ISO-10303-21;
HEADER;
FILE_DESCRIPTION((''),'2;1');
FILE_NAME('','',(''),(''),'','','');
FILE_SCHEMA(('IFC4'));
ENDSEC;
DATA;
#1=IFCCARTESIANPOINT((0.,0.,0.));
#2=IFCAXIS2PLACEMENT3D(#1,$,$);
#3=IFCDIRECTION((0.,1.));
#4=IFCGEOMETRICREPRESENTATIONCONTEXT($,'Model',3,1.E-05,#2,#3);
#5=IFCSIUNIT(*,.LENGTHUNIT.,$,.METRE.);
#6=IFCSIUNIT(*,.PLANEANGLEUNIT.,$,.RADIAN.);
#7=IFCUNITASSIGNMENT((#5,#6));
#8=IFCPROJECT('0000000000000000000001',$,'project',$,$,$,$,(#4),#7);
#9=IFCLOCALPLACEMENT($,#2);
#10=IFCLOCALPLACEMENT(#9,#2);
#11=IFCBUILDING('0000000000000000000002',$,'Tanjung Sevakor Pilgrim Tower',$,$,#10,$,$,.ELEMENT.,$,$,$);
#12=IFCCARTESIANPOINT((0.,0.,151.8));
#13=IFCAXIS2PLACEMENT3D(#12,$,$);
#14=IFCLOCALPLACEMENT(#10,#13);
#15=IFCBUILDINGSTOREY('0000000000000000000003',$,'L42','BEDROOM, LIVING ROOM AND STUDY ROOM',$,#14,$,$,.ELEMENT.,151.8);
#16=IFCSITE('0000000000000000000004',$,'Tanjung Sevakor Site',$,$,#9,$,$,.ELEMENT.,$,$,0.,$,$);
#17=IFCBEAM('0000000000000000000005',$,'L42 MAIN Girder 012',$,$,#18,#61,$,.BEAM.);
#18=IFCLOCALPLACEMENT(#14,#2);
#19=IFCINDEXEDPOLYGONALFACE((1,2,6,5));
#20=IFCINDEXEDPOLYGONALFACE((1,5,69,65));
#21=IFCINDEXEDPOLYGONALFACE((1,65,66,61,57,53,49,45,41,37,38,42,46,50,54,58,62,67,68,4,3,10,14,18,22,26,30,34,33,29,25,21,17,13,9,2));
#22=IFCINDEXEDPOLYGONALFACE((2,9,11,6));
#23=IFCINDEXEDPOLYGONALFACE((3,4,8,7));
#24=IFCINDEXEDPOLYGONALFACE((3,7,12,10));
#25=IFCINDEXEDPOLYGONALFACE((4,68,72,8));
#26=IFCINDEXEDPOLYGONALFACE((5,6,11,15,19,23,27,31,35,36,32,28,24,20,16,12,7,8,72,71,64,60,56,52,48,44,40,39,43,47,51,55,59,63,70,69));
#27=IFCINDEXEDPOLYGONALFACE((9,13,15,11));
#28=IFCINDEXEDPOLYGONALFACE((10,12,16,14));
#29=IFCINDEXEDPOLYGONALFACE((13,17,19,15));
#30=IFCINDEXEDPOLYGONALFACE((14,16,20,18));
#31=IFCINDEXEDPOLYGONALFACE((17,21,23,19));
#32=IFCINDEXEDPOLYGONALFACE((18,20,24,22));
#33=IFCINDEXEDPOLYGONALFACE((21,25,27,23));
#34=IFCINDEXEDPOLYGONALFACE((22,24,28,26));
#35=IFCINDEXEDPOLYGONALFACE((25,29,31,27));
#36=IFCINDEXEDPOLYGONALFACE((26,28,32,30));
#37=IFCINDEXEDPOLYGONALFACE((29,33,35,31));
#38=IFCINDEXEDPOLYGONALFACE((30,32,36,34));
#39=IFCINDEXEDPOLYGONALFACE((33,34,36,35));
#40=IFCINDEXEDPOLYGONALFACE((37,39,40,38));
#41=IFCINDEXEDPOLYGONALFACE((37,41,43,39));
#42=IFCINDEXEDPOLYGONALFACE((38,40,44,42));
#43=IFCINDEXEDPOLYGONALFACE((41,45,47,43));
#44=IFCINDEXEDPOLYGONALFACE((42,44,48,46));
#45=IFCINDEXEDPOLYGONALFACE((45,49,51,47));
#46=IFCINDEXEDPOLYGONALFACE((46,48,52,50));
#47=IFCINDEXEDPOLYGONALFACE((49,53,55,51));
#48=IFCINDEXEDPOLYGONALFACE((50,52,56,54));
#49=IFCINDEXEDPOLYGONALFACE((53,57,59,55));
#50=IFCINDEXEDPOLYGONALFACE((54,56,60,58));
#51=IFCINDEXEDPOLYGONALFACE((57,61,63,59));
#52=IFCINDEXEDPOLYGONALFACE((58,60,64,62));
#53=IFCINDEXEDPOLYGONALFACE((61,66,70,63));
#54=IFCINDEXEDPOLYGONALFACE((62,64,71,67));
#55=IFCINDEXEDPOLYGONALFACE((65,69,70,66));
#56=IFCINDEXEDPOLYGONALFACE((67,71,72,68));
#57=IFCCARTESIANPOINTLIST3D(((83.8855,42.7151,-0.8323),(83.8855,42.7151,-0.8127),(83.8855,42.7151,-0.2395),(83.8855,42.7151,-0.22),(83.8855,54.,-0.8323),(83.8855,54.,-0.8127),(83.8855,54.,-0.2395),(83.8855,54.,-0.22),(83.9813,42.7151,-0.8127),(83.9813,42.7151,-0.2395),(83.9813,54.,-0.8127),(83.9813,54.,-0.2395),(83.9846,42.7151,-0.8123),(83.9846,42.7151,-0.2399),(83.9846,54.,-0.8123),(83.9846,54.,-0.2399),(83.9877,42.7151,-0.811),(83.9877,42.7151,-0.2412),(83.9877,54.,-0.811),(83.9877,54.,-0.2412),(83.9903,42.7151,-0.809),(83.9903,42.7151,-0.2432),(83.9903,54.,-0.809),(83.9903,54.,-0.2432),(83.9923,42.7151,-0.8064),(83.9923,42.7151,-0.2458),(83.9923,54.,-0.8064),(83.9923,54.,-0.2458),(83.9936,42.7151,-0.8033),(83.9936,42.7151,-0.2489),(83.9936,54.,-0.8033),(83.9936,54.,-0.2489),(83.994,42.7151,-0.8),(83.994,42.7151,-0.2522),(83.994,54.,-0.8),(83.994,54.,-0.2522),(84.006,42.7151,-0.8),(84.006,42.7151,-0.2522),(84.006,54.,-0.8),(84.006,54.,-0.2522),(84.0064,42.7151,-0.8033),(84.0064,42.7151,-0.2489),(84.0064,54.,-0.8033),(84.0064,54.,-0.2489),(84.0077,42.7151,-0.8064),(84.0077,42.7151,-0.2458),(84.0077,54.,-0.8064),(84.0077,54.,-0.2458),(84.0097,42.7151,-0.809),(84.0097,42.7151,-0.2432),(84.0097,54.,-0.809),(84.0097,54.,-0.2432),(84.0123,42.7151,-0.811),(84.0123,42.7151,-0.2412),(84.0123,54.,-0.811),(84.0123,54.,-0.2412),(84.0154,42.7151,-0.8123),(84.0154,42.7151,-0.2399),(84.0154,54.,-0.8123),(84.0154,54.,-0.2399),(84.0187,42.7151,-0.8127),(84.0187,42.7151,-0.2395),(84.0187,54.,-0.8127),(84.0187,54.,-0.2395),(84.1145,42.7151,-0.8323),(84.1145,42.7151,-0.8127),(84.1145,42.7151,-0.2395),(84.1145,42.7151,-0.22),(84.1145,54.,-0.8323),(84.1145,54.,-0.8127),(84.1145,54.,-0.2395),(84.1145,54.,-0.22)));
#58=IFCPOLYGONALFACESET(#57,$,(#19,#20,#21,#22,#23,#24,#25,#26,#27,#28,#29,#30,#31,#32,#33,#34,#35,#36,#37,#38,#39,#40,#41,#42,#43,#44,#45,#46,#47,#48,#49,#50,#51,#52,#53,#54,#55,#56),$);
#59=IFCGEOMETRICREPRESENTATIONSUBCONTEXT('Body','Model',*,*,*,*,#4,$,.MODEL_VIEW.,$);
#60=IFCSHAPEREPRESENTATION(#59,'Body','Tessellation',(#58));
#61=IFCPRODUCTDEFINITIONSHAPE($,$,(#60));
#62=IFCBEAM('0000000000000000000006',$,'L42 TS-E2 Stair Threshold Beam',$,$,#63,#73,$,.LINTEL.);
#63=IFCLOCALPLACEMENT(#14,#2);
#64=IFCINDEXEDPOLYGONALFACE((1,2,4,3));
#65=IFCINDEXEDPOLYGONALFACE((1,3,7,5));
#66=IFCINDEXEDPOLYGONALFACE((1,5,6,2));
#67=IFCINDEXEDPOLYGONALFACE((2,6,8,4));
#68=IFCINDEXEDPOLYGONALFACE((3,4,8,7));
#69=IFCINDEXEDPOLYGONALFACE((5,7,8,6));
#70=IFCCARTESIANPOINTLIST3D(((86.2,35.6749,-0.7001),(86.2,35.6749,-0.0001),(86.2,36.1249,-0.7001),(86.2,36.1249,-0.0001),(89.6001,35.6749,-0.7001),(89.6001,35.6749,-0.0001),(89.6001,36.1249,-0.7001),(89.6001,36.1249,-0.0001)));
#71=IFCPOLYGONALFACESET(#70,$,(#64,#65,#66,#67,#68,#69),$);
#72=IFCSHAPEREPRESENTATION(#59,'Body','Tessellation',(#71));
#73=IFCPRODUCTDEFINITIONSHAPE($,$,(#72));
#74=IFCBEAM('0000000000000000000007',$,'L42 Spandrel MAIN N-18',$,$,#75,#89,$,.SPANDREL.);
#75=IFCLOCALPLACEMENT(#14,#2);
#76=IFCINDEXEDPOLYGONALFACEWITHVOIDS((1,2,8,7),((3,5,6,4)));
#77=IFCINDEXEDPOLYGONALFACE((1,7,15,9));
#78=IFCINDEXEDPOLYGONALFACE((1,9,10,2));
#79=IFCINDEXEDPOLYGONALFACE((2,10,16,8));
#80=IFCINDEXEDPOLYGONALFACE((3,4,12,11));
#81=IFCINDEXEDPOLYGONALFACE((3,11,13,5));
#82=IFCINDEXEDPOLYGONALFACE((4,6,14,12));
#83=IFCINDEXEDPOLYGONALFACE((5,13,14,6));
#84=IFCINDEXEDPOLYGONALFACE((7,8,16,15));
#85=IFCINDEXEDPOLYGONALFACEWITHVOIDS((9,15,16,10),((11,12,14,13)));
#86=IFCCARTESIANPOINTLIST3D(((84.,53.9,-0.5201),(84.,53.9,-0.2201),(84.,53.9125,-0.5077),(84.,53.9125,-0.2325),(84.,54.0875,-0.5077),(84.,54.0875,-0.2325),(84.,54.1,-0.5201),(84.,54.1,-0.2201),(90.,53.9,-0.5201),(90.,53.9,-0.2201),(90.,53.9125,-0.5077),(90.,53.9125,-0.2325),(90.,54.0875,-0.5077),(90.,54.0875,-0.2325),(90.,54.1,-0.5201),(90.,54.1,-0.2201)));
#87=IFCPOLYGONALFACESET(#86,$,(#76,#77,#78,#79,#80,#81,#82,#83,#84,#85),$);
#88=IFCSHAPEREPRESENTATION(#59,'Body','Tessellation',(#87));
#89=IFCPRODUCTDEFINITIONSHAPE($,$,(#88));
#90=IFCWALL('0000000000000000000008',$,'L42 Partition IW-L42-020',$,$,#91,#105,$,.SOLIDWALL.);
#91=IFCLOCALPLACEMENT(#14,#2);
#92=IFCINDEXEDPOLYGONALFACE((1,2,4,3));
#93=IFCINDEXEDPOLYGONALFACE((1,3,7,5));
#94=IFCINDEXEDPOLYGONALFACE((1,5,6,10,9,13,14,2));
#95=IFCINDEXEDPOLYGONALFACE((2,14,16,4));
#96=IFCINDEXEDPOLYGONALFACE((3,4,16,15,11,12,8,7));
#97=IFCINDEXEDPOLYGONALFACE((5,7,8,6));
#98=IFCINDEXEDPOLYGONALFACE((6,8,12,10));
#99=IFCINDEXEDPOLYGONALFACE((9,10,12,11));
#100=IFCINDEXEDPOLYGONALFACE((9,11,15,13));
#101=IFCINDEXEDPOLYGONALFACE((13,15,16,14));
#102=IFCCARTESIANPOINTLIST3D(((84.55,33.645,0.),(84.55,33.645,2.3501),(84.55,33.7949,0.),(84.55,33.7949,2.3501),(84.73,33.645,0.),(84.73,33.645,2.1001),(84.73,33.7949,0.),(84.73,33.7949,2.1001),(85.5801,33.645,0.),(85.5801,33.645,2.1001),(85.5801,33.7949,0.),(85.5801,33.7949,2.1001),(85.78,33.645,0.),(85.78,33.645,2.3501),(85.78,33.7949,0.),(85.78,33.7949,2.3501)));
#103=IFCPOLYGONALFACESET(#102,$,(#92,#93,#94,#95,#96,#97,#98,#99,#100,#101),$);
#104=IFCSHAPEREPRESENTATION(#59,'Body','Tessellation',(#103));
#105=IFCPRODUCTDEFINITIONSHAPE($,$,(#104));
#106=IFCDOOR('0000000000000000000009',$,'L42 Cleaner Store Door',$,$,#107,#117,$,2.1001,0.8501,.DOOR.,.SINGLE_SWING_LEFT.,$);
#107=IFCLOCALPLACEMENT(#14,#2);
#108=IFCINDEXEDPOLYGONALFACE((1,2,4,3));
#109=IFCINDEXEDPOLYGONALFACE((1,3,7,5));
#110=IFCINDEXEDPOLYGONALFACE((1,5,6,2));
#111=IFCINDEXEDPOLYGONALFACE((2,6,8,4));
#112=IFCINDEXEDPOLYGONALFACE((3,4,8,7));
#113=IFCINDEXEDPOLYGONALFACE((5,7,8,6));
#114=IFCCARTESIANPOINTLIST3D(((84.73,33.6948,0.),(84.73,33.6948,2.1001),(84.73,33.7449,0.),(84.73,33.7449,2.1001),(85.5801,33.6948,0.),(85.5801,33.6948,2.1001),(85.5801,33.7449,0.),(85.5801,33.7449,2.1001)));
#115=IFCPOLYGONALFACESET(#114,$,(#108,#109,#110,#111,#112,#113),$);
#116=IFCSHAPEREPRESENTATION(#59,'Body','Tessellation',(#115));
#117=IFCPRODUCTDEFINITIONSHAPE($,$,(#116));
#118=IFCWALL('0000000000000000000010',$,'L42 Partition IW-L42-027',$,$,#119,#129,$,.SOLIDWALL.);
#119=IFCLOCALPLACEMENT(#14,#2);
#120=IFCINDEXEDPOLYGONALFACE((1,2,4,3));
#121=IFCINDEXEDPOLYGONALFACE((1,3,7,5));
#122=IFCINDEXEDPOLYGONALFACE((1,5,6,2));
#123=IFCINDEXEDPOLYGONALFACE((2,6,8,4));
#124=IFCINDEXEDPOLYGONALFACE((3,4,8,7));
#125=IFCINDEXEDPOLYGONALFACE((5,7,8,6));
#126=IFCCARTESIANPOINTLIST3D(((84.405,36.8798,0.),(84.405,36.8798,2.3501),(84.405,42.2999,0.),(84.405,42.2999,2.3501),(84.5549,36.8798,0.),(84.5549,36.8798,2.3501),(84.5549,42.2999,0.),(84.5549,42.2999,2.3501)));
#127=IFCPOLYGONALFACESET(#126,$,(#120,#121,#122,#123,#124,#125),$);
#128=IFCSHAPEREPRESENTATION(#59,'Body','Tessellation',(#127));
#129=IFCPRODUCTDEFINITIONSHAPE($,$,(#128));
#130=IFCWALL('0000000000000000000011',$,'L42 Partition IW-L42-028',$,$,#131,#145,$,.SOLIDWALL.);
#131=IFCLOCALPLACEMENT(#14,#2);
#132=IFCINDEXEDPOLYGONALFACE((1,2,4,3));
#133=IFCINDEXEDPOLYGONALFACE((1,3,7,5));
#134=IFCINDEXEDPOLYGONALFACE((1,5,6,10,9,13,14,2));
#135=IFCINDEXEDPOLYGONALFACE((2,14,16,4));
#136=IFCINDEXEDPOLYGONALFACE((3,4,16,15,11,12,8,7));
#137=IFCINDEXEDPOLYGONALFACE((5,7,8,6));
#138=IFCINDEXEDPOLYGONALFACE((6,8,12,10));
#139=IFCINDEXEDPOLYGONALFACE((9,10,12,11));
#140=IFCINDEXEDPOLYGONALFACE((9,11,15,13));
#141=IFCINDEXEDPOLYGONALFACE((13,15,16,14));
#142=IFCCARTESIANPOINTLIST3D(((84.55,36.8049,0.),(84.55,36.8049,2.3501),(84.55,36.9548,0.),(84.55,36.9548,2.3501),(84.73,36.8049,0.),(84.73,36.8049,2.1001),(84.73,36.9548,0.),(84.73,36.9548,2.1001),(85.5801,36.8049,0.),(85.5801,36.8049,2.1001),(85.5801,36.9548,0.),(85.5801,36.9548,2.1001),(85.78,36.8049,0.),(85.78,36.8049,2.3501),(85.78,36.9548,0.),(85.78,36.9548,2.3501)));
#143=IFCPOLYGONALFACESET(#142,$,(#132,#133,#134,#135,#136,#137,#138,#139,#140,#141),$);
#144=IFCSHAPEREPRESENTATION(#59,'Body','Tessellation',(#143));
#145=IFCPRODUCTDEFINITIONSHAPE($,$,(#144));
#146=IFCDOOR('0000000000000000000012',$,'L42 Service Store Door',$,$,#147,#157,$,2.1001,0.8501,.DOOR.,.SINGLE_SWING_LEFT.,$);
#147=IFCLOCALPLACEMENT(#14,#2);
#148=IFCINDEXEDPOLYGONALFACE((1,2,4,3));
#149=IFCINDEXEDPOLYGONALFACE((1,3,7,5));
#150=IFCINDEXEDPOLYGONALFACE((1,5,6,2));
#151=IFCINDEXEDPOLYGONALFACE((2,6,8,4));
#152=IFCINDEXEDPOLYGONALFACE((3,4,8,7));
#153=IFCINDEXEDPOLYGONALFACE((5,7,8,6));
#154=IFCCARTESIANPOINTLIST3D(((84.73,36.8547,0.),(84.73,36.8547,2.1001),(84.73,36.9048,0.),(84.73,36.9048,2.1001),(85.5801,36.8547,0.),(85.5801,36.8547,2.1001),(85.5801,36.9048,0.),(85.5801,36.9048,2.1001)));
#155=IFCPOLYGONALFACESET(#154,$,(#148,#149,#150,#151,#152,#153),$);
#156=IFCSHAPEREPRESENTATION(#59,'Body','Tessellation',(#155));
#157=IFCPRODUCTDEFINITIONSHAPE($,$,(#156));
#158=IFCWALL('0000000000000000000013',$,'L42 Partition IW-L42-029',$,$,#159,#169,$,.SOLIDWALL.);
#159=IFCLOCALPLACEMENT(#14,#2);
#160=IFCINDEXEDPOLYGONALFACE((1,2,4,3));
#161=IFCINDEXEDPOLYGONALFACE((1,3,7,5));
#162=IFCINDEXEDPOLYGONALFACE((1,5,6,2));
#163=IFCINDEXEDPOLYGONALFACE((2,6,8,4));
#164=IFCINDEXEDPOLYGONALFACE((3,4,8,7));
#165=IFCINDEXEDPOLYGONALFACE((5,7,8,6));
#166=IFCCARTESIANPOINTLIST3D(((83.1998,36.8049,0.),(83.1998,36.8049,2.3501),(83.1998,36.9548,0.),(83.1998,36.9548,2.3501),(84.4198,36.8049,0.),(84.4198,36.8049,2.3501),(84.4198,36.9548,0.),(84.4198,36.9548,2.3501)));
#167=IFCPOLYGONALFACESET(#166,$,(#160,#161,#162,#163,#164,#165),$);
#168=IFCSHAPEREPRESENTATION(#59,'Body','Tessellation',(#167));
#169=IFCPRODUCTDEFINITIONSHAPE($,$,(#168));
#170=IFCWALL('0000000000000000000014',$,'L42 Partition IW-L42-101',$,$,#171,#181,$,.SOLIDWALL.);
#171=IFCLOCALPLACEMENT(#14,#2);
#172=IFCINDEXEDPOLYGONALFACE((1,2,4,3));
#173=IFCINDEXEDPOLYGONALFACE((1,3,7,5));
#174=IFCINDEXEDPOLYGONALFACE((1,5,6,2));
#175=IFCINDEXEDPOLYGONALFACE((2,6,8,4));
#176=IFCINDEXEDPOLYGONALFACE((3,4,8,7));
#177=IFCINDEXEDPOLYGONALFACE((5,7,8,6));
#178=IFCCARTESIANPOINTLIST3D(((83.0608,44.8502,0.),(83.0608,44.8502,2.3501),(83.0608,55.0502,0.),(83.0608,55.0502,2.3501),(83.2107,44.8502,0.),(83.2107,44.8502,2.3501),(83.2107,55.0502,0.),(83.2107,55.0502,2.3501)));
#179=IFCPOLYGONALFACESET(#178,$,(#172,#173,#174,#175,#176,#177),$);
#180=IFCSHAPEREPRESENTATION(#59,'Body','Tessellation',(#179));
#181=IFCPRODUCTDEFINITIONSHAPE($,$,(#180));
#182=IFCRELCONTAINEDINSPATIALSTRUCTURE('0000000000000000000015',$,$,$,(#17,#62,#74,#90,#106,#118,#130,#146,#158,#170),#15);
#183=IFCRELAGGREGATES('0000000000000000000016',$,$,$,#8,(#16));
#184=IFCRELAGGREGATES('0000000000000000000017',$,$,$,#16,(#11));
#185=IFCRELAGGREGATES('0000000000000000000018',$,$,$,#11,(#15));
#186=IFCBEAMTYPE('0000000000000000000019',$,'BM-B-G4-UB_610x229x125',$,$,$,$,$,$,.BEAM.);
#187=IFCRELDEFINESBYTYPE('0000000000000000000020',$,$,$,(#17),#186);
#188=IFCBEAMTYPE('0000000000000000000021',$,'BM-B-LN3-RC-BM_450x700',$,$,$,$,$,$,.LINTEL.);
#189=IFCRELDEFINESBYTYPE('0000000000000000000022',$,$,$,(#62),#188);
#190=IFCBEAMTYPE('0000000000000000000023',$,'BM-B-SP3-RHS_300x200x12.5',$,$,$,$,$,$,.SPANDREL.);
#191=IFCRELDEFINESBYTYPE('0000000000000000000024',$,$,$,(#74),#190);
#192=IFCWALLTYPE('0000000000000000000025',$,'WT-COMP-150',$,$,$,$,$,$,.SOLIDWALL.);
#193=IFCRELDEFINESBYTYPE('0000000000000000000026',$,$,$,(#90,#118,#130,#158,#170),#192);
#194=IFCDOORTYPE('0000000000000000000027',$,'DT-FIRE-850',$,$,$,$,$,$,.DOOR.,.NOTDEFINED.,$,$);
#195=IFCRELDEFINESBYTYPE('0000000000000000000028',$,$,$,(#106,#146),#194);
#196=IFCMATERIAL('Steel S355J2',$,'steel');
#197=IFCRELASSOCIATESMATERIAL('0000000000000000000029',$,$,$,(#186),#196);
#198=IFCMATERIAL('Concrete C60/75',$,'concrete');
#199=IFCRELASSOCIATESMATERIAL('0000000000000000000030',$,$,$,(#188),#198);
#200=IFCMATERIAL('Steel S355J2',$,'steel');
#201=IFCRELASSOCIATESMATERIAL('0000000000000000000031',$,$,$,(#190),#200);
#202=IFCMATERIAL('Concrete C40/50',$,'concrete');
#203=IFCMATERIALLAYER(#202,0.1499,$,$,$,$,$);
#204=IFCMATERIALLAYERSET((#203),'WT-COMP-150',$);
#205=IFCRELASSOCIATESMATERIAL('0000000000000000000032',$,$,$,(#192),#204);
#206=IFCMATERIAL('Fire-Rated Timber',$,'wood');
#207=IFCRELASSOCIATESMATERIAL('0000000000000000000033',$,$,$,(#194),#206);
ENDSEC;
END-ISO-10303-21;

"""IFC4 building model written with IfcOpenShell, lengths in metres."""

from ifc_helpers import new_model, si_unit, direction, frame, frame_2d, origin, origin_2d, place, context, subcontext, project, spatial, rectangle, hollow_rectangle, i_section, extrude, material, layer, layer_set, material_profile, profile_set, type_object, element, fill, save


model = new_model("IFC4")

# Units and contexts
model_context = context("Model", 3, precision=1e-05, world=origin(), true_north=direction((0.0, 1.0)))
body_context = subcontext(model_context, "Body", "Model", "MODEL_VIEW")
ifc_project = project(units=[si_unit("LENGTHUNIT", "METRE"), si_unit("PLANEANGLEUNIT", "RADIAN")], contexts=[model_context])

# Site, building, storey
site_placement = place(None, origin())
site = spatial("IfcSite", under=ifc_project, at=site_placement, Name="Tanjung Sevakor Site", CompositionType="ELEMENT", RefElevation=0.0)
building_placement = place(site_placement, origin())
building = spatial("IfcBuilding", under=site, at=building_placement, Name="Tanjung Sevakor Pilgrim Tower", CompositionType="ELEMENT")
storey_placement = place(building_placement, frame((0.0, 0.0, 151.8)))
storey = spatial("IfcBuildingStorey", under=building, at=storey_placement, Name="L42", Description="BEDROOM, LIVING ROOM AND STUDY ROOM", CompositionType="ELEMENT", Elevation=151.8)

# Beams
ifc_material_1 = material(Name="Steel S355J2", Category="steel")
ifc_material_profile_1 = material_profile(ifc_material_1, i_section(OverallWidth=0.229, OverallDepth=0.6123, WebThickness=0.012, FlangeThickness=0.0195, FilletRadius=0.0127, at=origin_2d()))
ifc_profile_set_1 = profile_set([ifc_material_profile_1], Name="Steel S355J2")
beam_type_1 = type_object("IfcBeamType", Name="BM-B-G4-UB_610x229x125", PredefinedType="BEAM", material=ifc_profile_set_1)
beam_1_placement = place(storey_placement, frame((84.0, 42.7151, -0.5261), z_axis=(0.0, 1.0, 0.0), x_axis=(-1.0, 0.0, 0.0)))
element("IfcBeam", 1, at=beam_1_placement, inside=storey, type_object=beam_type_1, Name="L42 MAIN Girder 012", PredefinedType="BEAM", context=body_context, shape_type="SweptSolid", body=[
    extrude(i_section(OverallWidth=0.229, OverallDepth=0.6123, WebThickness=0.012, FlangeThickness=0.0195, FilletRadius=0.0127, at=origin_2d()), origin(), (0.0, 0.0, 1.0), 11.2849),
])
ifc_material_2 = material(Name="Concrete C60/75", Category="concrete")
ifc_material_profile_2 = material_profile(ifc_material_2, rectangle(XDim=0.45, YDim=0.7, at=origin_2d()))
ifc_profile_set_2 = profile_set([ifc_material_profile_2], Name="Concrete C60/75")
beam_type_2 = type_object("IfcBeamType", Name="BM-B-LN3-RC-BM_450x700", PredefinedType="LINTEL", material=ifc_profile_set_2)
beam_2_placement = place(storey_placement, frame((86.2, 35.8999, -0.3501), z_axis=(1.0, 0.0, 0.0), x_axis=(0.0, 1.0, 0.0)))
element("IfcBeam", 2, at=beam_2_placement, inside=storey, type_object=beam_type_2, Name="L42 TS-E2 Stair Threshold Beam", PredefinedType="LINTEL", context=body_context, shape_type="SweptSolid", body=[
    extrude(rectangle(XDim=0.45, YDim=0.7, at=origin_2d()), origin(), (0.0, 0.0, 1.0), 3.4001),
])
ifc_material_3 = material(Name="Steel S355J2", Category="steel")
ifc_material_profile_3 = material_profile(ifc_material_3, hollow_rectangle(XDim=0.2, YDim=0.3, WallThickness=0.0125, at=origin_2d()))
ifc_profile_set_3 = profile_set([ifc_material_profile_3], Name="Steel S355J2")
beam_type_3 = type_object("IfcBeamType", Name="BM-B-SP3-RHS_300x200x12.5", PredefinedType="SPANDREL", material=ifc_profile_set_3)
beam_3_placement = place(storey_placement, frame((84.0, 54.0, -0.3701), z_axis=(1.0, 0.0, 0.0), x_axis=(0.0, 1.0, 0.0)))
element("IfcBeam", 3, at=beam_3_placement, inside=storey, type_object=beam_type_3, Name="L42 Spandrel MAIN N-18", PredefinedType="SPANDREL", context=body_context, shape_type="SweptSolid", body=[
    extrude(hollow_rectangle(XDim=0.2, YDim=0.3, WallThickness=0.0125, at=origin_2d()), origin(), (0.0, 0.0, 1.0), 6.0),
])

# Wall, opening, door
ifc_material_4 = material(Name="Concrete C40/50", Category="concrete")
ifc_layer_1 = layer(ifc_material_4, 0.1499)
ifc_layer_set_1 = layer_set([ifc_layer_1], Name="WT-COMP-150")
wall_type_1 = type_object("IfcWallType", Name="WT-COMP-150", PredefinedType="SOLIDWALL", material=ifc_layer_set_1)
wall_1_placement = place(storey_placement, frame((84.55, 33.72, 0.0), z_axis=(0.0, 0.0, 1.0), x_axis=(1.0, 0.0, 0.0)))
wall_1 = element("IfcWall", 4, at=wall_1_placement, inside=storey, type_object=wall_type_1, Name="L42 Partition IW-L42-020", PredefinedType="SOLIDWALL", context=body_context, shape_type="SweptSolid", body=[
    extrude(rectangle(XDim=1.23, YDim=0.1499, at=frame_2d((0.615, 0.0))), origin(), (0.0, 0.0, 1.0), 2.3501),
])
opening_1_placement = place(wall_1_placement, frame((0.1799, 0.0, 0.0)))
opening_1 = element("IfcOpeningElement", 5, at=opening_1_placement, cuts=wall_1, PredefinedType="OPENING", context=body_context, shape_type="SweptSolid", body=[
    extrude(rectangle(XDim=0.8501, YDim=2.1001, at=frame_2d((0.425, 1.05))), frame((0.0, 0.085, 0.0), z_axis=(0.0, -1.0, 0.0), x_axis=(1.0, 0.0, 0.0)), (0.0, 0.0, 1.0), 0.1699),
])
ifc_material_5 = material(Name="Fire-Rated Timber", Category="wood")
door_type_1 = type_object("IfcDoorType", Name="DT-FIRE-850", OperationType="NOTDEFINED", PredefinedType="DOOR", material=ifc_material_5)
door_1_placement = place(opening_1_placement, origin())
door_1 = element("IfcDoor", 6, at=door_1_placement, inside=storey, type_object=door_type_1, Name="L42 Cleaner Store Door", OperationType="SINGLE_SWING_LEFT", OverallHeight=2.1001, OverallWidth=0.8501, PredefinedType="DOOR", context=body_context, shape_type="SweptSolid", body=[
    extrude(rectangle(XDim=0.8501, YDim=2.1001, at=frame_2d((0.425, 1.05))), frame((0.0, 0.0249, 0.0), z_axis=(0.0, -1.0, 0.0), x_axis=(1.0, 0.0, 0.0)), (0.0, 0.0, 1.0), 0.05),
])
fill(opening_1, door_1)

# Wall
wall_2_placement = place(storey_placement, frame((84.48, 36.8799, 0.0), z_axis=(0.0, 0.0, 1.0), x_axis=(0.0, 1.0, 0.0)))
element("IfcWall", 7, at=wall_2_placement, inside=storey, type_object=wall_type_1, Name="L42 Partition IW-L42-027", PredefinedType="SOLIDWALL", context=body_context, shape_type="SweptSolid", body=[
    extrude(rectangle(XDim=5.4202, YDim=0.1499, at=frame_2d((2.71, 0.0))), origin(), (0.0, 0.0, 1.0), 2.3501),
])

# Wall, opening, door
wall_3_placement = place(storey_placement, frame((84.55, 36.8799, 0.0), z_axis=(0.0, 0.0, 1.0), x_axis=(1.0, 0.0, 0.0)))
wall_3 = element("IfcWall", 8, at=wall_3_placement, inside=storey, type_object=wall_type_1, Name="L42 Partition IW-L42-028", PredefinedType="SOLIDWALL", context=body_context, shape_type="SweptSolid", body=[
    extrude(rectangle(XDim=1.23, YDim=0.1499, at=frame_2d((0.615, 0.0))), origin(), (0.0, 0.0, 1.0), 2.3501),
])
opening_2_placement = place(wall_3_placement, frame((0.1799, 0.0, 0.0)))
opening_2 = element("IfcOpeningElement", 9, at=opening_2_placement, cuts=wall_3, PredefinedType="OPENING", context=body_context, shape_type="SweptSolid", body=[
    extrude(rectangle(XDim=0.8501, YDim=2.1001, at=frame_2d((0.425, 1.05))), frame((0.0, 0.085, 0.0), z_axis=(0.0, -1.0, 0.0), x_axis=(1.0, 0.0, 0.0)), (0.0, 0.0, 1.0), 0.1699),
])
door_2_placement = place(opening_2_placement, origin())
door_2 = element("IfcDoor", 10, at=door_2_placement, inside=storey, type_object=door_type_1, Name="L42 Service Store Door", OperationType="SINGLE_SWING_LEFT", OverallHeight=2.1001, OverallWidth=0.8501, PredefinedType="DOOR", context=body_context, shape_type="SweptSolid", body=[
    extrude(rectangle(XDim=0.8501, YDim=2.1001, at=frame_2d((0.425, 1.05))), frame((0.0, 0.0249, 0.0), z_axis=(0.0, -1.0, 0.0), x_axis=(1.0, 0.0, 0.0)), (0.0, 0.0, 1.0), 0.05),
])
fill(opening_2, door_2)

# Wall
wall_4_placement = place(storey_placement, frame((83.2, 36.8799, 0.0), z_axis=(0.0, 0.0, 1.0), x_axis=(1.0, 0.0, 0.0)))
element("IfcWall", 11, at=wall_4_placement, inside=storey, type_object=wall_type_1, Name="L42 Partition IW-L42-029", PredefinedType="SOLIDWALL", context=body_context, shape_type="SweptSolid", body=[
    extrude(rectangle(XDim=1.22, YDim=0.1499, at=frame_2d((0.6099, 0.0))), origin(), (0.0, 0.0, 1.0), 2.3501),
])

# Wall
wall_5_placement = place(storey_placement, frame((83.1357, 44.8501, 0.0), z_axis=(0.0, 0.0, 1.0), x_axis=(0.0, 1.0, 0.0)))
element("IfcWall", 12, at=wall_5_placement, inside=storey, type_object=wall_type_1, Name="L42 Partition IW-L42-101", PredefinedType="SOLIDWALL", context=body_context, shape_type="SweptSolid", body=[
    extrude(rectangle(XDim=10.2, YDim=0.1499, at=frame_2d((5.1001, 0.0))), origin(), (0.0, 0.0, 1.0), 2.3501),
])

save(model, "model.ifc")
